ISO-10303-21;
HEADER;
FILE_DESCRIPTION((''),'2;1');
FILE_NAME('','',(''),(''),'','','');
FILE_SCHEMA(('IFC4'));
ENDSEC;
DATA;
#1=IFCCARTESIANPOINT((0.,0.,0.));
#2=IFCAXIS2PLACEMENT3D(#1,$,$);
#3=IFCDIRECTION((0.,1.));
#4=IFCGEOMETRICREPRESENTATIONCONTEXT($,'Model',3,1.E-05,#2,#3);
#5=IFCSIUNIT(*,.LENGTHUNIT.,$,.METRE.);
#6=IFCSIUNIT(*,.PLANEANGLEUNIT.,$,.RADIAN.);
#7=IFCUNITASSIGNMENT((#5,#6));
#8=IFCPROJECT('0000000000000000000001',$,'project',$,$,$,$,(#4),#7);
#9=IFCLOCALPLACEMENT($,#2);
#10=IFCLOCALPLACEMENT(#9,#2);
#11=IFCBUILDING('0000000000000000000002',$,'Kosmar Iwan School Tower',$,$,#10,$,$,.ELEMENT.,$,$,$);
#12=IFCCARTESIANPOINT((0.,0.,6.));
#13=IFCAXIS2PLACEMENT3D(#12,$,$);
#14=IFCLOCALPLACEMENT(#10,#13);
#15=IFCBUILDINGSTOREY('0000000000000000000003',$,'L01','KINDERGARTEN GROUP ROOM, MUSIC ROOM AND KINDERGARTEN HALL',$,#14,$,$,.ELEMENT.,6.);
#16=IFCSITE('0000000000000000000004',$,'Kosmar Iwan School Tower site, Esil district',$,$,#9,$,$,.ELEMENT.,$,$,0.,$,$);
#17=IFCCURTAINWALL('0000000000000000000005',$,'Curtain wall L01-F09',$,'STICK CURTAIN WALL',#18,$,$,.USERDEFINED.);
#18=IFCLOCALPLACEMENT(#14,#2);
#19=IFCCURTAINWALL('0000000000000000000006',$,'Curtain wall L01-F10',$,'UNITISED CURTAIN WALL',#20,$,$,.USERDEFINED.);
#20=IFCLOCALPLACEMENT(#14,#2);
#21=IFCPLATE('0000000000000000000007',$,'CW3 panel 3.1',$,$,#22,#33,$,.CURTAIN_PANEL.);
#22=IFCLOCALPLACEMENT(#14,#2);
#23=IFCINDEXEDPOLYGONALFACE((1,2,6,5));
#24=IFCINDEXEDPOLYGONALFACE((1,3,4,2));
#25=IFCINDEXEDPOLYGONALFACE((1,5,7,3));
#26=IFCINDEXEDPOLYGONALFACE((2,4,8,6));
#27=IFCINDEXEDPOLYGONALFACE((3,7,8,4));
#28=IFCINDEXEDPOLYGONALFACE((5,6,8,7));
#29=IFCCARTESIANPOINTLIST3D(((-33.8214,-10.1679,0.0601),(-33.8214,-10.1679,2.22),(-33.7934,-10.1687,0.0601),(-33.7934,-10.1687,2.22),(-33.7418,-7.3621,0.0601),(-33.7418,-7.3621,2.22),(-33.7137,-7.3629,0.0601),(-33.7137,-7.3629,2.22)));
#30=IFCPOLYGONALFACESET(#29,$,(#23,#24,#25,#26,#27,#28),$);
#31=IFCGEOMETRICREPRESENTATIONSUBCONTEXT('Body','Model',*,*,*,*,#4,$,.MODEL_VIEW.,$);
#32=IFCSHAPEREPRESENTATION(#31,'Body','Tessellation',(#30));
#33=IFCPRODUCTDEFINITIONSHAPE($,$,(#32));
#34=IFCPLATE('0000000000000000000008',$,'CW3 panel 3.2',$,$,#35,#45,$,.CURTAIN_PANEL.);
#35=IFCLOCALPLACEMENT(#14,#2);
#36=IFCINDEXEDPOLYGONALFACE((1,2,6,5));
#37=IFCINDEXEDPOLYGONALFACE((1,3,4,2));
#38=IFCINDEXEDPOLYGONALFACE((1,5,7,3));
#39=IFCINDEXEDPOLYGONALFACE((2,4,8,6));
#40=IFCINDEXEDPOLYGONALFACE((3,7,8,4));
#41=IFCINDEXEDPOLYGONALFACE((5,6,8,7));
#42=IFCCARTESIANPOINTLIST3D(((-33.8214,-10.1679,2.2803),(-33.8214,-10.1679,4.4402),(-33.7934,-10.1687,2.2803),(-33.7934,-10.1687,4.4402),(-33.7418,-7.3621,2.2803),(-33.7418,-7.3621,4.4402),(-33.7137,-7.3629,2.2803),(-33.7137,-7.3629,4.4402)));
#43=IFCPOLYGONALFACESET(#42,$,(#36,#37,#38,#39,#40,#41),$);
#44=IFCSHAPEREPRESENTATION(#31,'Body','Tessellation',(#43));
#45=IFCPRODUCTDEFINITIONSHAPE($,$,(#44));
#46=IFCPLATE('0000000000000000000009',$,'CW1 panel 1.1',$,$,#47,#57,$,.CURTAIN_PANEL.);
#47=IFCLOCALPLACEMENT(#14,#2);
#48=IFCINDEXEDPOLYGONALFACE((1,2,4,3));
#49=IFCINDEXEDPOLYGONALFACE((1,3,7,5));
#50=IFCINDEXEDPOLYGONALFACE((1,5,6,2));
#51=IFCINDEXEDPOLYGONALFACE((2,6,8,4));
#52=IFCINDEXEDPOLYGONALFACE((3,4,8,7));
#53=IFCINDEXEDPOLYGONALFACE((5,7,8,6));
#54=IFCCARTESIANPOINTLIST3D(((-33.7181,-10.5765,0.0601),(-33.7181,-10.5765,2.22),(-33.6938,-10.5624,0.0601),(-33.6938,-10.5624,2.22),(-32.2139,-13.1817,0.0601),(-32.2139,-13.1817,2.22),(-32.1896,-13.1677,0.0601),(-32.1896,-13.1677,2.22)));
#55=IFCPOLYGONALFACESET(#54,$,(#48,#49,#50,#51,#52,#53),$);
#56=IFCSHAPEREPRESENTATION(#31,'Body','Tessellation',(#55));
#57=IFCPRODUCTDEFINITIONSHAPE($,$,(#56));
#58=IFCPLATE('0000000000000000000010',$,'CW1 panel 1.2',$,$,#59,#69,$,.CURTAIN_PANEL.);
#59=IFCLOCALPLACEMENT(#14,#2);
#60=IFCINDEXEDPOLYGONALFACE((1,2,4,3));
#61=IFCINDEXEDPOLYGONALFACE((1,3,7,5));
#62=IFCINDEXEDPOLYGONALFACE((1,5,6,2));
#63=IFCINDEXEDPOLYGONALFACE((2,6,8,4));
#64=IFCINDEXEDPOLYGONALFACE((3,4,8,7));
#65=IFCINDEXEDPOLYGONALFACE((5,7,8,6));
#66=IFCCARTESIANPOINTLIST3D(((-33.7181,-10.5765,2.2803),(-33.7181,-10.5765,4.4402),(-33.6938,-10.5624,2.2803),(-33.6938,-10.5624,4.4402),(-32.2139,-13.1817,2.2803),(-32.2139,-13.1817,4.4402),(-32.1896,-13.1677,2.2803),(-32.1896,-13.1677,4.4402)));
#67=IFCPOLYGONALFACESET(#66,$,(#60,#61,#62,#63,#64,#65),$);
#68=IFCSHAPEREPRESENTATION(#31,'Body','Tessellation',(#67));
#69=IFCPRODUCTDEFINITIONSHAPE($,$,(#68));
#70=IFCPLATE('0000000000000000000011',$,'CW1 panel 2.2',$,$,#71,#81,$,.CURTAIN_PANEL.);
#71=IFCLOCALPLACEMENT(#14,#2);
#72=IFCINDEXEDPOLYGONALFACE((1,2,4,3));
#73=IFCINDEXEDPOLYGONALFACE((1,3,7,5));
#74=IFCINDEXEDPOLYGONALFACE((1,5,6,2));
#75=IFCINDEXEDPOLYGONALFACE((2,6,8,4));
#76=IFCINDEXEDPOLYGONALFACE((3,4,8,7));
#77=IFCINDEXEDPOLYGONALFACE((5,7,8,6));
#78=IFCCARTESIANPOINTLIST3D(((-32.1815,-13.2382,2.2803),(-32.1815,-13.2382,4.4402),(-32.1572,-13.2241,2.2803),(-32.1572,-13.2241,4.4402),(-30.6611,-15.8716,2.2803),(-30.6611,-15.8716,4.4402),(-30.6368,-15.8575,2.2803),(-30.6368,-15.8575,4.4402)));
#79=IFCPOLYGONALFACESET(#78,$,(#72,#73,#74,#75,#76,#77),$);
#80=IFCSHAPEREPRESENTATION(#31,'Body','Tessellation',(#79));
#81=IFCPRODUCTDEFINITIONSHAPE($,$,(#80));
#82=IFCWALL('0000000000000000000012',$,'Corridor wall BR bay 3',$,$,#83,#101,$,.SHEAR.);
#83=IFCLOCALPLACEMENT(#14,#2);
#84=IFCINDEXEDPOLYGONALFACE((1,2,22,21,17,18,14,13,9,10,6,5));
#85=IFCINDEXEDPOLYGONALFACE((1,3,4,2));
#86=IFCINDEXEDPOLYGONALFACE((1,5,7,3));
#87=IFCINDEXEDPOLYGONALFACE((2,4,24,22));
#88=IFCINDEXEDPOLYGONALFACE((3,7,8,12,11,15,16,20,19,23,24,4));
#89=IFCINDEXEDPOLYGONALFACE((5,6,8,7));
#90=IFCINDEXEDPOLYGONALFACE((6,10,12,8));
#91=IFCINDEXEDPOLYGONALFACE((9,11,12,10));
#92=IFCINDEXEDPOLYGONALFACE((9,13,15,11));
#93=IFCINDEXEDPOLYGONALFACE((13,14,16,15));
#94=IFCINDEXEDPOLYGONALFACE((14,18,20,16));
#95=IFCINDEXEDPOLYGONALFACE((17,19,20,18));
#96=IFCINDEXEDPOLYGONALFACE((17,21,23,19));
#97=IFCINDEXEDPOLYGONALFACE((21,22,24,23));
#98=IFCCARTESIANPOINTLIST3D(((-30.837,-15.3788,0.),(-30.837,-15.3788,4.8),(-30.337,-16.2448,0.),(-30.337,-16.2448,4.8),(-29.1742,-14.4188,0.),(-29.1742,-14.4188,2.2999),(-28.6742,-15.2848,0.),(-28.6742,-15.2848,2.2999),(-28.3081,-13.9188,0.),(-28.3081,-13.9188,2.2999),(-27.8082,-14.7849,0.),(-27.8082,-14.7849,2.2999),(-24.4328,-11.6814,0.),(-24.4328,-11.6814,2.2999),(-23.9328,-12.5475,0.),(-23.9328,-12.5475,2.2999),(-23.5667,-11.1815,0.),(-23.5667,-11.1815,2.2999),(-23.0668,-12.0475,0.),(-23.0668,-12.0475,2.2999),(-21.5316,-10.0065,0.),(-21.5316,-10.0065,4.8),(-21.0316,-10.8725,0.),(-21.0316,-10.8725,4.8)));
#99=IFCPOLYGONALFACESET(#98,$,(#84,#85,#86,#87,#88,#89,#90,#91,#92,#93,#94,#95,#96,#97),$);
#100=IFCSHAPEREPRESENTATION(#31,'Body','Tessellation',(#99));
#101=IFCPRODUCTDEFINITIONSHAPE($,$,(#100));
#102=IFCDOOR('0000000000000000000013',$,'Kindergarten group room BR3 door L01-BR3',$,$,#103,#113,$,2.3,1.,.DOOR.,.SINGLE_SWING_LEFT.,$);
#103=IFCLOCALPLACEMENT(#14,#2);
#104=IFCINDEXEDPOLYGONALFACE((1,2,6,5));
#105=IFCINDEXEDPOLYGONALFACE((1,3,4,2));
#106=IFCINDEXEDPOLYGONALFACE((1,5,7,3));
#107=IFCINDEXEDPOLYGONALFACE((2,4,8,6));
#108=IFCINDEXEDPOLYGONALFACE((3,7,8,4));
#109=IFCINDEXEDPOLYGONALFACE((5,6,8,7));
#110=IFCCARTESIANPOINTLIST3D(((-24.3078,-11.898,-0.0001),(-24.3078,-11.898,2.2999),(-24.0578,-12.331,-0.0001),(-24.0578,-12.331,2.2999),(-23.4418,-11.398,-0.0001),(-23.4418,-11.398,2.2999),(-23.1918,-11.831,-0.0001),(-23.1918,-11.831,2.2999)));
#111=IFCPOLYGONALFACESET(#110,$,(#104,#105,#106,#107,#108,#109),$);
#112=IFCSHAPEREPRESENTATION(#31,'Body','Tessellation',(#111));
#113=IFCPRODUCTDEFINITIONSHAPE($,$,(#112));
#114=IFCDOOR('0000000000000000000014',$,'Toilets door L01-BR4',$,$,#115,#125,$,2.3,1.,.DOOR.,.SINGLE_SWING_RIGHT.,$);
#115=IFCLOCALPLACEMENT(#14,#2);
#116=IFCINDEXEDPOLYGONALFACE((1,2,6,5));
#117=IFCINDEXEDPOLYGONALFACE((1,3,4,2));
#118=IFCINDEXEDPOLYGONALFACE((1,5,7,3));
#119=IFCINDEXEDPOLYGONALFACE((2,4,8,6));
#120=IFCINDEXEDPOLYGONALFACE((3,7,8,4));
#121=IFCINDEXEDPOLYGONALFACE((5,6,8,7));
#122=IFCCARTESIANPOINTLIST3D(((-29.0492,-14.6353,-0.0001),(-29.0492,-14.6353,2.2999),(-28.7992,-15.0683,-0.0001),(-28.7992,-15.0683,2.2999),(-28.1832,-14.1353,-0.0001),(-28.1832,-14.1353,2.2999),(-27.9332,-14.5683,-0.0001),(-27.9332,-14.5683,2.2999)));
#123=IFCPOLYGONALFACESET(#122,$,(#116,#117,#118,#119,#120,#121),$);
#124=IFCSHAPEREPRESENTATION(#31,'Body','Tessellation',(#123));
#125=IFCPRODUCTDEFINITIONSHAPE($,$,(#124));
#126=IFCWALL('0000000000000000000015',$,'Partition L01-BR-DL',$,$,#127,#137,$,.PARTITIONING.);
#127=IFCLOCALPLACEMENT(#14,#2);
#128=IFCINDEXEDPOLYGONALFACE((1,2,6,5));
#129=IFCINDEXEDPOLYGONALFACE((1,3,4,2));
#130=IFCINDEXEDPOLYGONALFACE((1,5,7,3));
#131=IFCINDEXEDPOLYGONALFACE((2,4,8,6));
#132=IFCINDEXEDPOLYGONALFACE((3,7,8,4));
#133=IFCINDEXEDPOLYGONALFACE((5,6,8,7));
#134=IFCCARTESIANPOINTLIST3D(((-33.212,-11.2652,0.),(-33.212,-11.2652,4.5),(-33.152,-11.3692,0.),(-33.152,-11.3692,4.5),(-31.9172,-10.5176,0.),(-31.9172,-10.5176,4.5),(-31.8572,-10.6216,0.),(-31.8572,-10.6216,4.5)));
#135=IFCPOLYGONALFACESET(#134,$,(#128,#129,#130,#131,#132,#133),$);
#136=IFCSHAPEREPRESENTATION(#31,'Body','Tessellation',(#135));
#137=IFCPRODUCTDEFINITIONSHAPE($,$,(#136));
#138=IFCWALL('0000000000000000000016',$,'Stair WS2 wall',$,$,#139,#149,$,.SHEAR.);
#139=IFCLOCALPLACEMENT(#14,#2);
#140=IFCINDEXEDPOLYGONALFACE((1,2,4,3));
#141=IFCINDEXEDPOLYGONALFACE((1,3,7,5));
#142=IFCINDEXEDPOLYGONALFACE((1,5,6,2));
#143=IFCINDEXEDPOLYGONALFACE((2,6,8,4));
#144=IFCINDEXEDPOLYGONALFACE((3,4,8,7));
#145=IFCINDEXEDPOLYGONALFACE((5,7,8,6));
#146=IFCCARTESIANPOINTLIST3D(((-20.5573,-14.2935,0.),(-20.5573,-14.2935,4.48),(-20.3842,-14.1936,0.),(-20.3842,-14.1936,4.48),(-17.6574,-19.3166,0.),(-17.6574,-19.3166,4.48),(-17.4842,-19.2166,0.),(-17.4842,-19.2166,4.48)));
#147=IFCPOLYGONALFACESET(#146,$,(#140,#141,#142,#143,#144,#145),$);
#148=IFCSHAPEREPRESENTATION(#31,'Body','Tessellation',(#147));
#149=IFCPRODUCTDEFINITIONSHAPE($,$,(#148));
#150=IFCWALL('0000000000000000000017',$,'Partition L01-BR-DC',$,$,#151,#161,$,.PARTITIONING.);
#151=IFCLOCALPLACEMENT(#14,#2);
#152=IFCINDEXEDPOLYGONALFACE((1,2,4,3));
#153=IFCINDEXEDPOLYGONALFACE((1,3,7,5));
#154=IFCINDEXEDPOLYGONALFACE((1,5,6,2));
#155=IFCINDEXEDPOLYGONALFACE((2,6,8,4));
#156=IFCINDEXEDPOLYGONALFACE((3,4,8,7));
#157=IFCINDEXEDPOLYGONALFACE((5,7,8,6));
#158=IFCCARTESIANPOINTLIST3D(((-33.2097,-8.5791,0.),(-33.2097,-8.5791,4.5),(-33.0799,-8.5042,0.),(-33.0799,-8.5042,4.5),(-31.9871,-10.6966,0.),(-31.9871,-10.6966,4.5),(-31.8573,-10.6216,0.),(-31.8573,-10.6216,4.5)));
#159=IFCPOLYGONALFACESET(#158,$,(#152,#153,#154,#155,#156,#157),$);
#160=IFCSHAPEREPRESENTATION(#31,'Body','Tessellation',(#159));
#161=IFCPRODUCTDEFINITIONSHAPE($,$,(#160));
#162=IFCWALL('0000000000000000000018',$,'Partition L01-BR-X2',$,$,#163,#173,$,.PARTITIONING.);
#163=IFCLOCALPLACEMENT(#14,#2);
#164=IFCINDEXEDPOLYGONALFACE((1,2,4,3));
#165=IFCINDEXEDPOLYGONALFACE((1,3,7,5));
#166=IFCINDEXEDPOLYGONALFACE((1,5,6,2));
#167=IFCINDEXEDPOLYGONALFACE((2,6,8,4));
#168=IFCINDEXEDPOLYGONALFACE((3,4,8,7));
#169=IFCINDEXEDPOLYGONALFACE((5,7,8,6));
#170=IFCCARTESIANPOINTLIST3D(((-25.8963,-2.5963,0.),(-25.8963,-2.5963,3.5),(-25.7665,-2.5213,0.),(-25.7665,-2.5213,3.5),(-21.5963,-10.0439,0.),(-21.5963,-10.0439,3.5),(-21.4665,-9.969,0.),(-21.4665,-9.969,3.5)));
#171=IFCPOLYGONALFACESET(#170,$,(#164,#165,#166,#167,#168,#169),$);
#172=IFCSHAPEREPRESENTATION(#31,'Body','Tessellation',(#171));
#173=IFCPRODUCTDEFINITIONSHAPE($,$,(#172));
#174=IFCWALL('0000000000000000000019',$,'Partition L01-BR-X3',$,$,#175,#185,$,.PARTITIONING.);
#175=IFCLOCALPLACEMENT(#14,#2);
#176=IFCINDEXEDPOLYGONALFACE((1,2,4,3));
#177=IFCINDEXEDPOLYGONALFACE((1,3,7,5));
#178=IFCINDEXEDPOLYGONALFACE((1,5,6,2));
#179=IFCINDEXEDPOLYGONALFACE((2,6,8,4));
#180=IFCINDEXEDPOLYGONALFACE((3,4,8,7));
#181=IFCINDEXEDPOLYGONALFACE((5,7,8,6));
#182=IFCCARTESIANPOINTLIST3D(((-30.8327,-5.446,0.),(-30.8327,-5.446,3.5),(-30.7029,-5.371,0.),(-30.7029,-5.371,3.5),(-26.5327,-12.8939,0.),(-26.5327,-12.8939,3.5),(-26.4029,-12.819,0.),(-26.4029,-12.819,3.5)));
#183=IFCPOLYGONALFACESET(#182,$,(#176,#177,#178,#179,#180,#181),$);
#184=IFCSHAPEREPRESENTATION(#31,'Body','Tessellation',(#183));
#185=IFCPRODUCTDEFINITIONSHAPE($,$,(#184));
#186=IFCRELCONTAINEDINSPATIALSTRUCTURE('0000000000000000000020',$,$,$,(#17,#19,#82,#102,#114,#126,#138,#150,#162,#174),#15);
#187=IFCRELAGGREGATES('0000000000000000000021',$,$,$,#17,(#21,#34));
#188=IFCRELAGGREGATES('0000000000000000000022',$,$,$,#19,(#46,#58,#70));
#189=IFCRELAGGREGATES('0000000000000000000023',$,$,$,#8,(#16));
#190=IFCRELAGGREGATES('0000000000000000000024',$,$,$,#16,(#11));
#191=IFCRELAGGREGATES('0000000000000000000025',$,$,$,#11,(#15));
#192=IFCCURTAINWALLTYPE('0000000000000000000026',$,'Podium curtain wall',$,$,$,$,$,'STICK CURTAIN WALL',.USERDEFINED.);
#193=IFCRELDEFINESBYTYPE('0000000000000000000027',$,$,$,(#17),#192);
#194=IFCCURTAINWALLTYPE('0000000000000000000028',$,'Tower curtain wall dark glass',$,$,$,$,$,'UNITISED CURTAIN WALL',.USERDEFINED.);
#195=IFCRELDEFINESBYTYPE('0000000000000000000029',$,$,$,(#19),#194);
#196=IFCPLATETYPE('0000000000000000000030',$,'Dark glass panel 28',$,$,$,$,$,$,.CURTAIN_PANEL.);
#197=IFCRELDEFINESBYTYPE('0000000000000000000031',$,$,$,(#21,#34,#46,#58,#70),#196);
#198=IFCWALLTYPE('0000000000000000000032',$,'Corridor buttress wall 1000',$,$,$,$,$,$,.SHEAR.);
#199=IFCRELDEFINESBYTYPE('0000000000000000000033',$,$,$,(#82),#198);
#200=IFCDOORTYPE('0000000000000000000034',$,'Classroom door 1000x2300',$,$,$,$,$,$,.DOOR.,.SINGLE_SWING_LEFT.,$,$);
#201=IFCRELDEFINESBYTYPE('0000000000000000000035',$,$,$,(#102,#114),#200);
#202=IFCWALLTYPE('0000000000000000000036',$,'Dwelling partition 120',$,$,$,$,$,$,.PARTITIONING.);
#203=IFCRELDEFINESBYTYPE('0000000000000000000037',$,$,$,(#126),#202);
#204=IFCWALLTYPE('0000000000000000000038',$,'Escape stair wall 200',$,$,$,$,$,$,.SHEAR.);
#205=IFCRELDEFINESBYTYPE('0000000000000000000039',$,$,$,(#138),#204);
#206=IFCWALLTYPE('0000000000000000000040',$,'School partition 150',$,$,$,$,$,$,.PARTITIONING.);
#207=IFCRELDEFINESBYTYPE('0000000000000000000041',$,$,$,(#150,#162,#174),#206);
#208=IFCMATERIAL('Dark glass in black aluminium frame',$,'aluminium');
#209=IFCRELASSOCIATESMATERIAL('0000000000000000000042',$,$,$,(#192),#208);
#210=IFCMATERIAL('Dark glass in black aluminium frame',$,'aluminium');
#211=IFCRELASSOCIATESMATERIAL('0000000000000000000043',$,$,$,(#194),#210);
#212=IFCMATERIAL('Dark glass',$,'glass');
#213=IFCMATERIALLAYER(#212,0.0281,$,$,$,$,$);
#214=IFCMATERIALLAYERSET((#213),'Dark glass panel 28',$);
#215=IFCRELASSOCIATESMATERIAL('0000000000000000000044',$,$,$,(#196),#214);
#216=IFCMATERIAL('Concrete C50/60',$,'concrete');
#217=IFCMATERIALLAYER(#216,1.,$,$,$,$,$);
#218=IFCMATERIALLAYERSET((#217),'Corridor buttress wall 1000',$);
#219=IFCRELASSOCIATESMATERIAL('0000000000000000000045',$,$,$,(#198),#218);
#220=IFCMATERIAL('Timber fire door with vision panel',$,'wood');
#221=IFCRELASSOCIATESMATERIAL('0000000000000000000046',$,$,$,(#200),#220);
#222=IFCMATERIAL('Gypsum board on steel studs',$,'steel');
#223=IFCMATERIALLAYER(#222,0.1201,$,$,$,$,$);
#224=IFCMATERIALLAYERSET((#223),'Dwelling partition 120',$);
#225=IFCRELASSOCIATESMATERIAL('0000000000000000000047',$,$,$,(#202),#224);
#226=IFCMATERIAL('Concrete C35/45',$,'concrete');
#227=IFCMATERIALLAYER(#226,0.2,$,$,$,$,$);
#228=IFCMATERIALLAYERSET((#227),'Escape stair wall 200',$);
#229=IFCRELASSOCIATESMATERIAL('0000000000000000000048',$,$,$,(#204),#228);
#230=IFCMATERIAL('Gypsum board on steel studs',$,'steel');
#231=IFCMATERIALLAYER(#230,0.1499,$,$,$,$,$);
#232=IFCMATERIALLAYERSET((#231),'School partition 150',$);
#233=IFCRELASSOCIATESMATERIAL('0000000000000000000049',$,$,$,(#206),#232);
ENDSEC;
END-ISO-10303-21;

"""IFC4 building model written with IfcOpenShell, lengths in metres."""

from ifc_helpers import new_model, si_unit, direction, frame, frame_2d, origin, origin_2d, place, context, subcontext, project, spatial, rectangle, extrude, material, layer, layer_set, type_object, element, fill, aggregate, save


model = new_model("IFC4")

# Units and contexts
model_context = context("Model", 3, precision=1e-05, world=origin(), true_north=direction((0.0, 1.0)))
body_context = subcontext(model_context, "Body", "Model", "MODEL_VIEW")
ifc_project = project(units=[si_unit("LENGTHUNIT", "METRE"), si_unit("PLANEANGLEUNIT", "RADIAN")], contexts=[model_context])

# Site, building, storey
site_placement = place(None, origin())
site = spatial("IfcSite", under=ifc_project, at=site_placement, Name="Kosmar Iwan School Tower site, Esil district", CompositionType="ELEMENT", RefElevation=0.0)
building_placement = place(site_placement, origin())
building = spatial("IfcBuilding", under=site, at=building_placement, Name="Kosmar Iwan School Tower", CompositionType="ELEMENT")
storey_placement = place(building_placement, frame((0.0, 0.0, 6.0)))
storey = spatial("IfcBuildingStorey", under=building, at=storey_placement, Name="L01", Description="KINDERGARTEN GROUP ROOM, MUSIC ROOM AND KINDERGARTEN HALL", CompositionType="ELEMENT", Elevation=6.0)

# Curtain wall
ifc_material_1 = material(Name="Dark glass in black aluminium frame", Category="aluminium")
curtain_wall_type_1 = type_object("IfcCurtainWallType", Name="Podium curtain wall", ElementType="STICK CURTAIN WALL", PredefinedType="USERDEFINED", material=ifc_material_1)
curtain_wall_1_placement = place(storey_placement, origin())
curtain_wall_1 = element("IfcCurtainWall", 1, at=curtain_wall_1_placement, inside=storey, type_object=curtain_wall_type_1, Name="Curtain wall L01-F09", ObjectType="STICK CURTAIN WALL", PredefinedType="USERDEFINED")

# Curtain wall
ifc_material_2 = material(Name="Dark glass in black aluminium frame", Category="aluminium")
curtain_wall_type_2 = type_object("IfcCurtainWallType", Name="Tower curtain wall dark glass", ElementType="UNITISED CURTAIN WALL", PredefinedType="USERDEFINED", material=ifc_material_2)
curtain_wall_2_placement = place(storey_placement, origin())
curtain_wall_2 = element("IfcCurtainWall", 2, at=curtain_wall_2_placement, inside=storey, type_object=curtain_wall_type_2, Name="Curtain wall L01-F10", ObjectType="UNITISED CURTAIN WALL", PredefinedType="USERDEFINED")

# Plates
ifc_material_3 = material(Name="Dark glass", Category="glass")
ifc_layer_1 = layer(ifc_material_3, 0.0281)
ifc_layer_set_1 = layer_set([ifc_layer_1], Name="Dark glass panel 28")
plate_type = type_object("IfcPlateType", Name="Dark glass panel 28", PredefinedType="CURTAIN_PANEL", material=ifc_layer_set_1)
plate_1_placement = place(storey_placement, frame((-33.7676, -8.7654, 0.0601), z_axis=(0.0, 0.0, 1.0), x_axis=(-0.028386, -0.999597, 0.0)))
plate_1 = element("IfcPlate", 3, at=plate_1_placement, type_object=plate_type, Name="CW3 panel 3.1", PredefinedType="CURTAIN_PANEL", context=body_context, shape_type="SweptSolid", body=[
    extrude(rectangle(XDim=2.8069, YDim=0.0281, at=origin_2d()), origin(), (0.0, 0.0, 1.0), 2.1599),
])
plate_2_placement = place(storey_placement, frame((-33.7676, -8.7654, 2.2803), z_axis=(0.0, 0.0, 1.0), x_axis=(-0.028386, -0.999597, 0.0)))
plate_2 = element("IfcPlate", 4, at=plate_2_placement, type_object=plate_type, Name="CW3 panel 3.2", PredefinedType="CURTAIN_PANEL", context=body_context, shape_type="SweptSolid", body=[
    extrude(rectangle(XDim=2.8069, YDim=0.0281, at=origin_2d()), origin(), (0.0, 0.0, 1.0), 2.1599),
])
aggregate(curtain_wall_1, [plate_1, plate_2])
plate_3_placement = place(storey_placement, frame((-32.9539, -11.8721, 0.0601), z_axis=(0.0, 0.0, 1.0), x_axis=(0.5, -0.866025, 0.0)))
plate_3 = element("IfcPlate", 5, at=plate_3_placement, type_object=plate_type, Name="CW1 panel 1.1", PredefinedType="CURTAIN_PANEL", context=body_context, shape_type="SweptSolid", body=[
    extrude(rectangle(XDim=3.0083, YDim=0.0281, at=origin_2d()), origin(), (0.0, 0.0, 1.0), 2.1599),
])
plate_4_placement = place(storey_placement, frame((-32.9539, -11.8721, 2.2803), z_axis=(0.0, 0.0, 1.0), x_axis=(0.5, -0.866025, 0.0)))
plate_4 = element("IfcPlate", 6, at=plate_4_placement, type_object=plate_type, Name="CW1 panel 1.2", PredefinedType="CURTAIN_PANEL", context=body_context, shape_type="SweptSolid", body=[
    extrude(rectangle(XDim=3.0083, YDim=0.0281, at=origin_2d()), origin(), (0.0, 0.0, 1.0), 2.1599),
])
plate_5_placement = place(storey_placement, frame((-31.4092, -14.5479, 2.2803), z_axis=(0.0, 0.0, 1.0), x_axis=(0.5, -0.866025, 0.0)))
plate_5 = element("IfcPlate", 7, at=plate_5_placement, type_object=plate_type, Name="CW1 panel 2.2", PredefinedType="CURTAIN_PANEL", context=body_context, shape_type="SweptSolid", body=[
    extrude(rectangle(XDim=3.0408, YDim=0.0281, at=origin_2d()), origin(), (0.0, 0.0, 1.0), 2.1599),
])
aggregate(curtain_wall_2, [plate_3, plate_4, plate_5])

# Wall, openings, doors
ifc_material_4 = material(Name="Concrete C50/60", Category="concrete")
ifc_layer_2 = layer(ifc_material_4, 1.0)
ifc_layer_set_2 = layer_set([ifc_layer_2], Name="Corridor buttress wall 1000")
wall_type_1 = type_object("IfcWallType", Name="Corridor buttress wall 1000", PredefinedType="SHEAR", material=ifc_layer_set_2)
wall_1_placement = place(storey_placement, frame((-21.2815, -10.4395, 0.0), z_axis=(0.0, 0.0, 1.0), x_axis=(-0.866032, -0.499988, 0.0)))
wall_1 = element("IfcWall", 8, at=wall_1_placement, inside=storey, type_object=wall_type_1, Name="Corridor wall BR bay 3", PredefinedType="SHEAR", context=body_context, shape_type="SweptSolid", body=[
    extrude(rectangle(XDim=10.7449, YDim=1.0, at=frame_2d((5.3726, 0.0))), origin(), (0.0, 0.0, 1.0), 4.8),
])
opening_1_placement = place(wall_1_placement, frame((2.3501, 0.0, 0.0)))
opening_1 = element("IfcOpeningElement", 9, at=opening_1_placement, cuts=wall_1, PredefinedType="OPENING", context=body_context, shape_type="SweptSolid", body=[
    extrude(rectangle(XDim=1.0, YDim=2.3, at=frame_2d((0.5, 1.1499))), frame((0.0, 0.512, 0.0), z_axis=(0.0, -1.0, 0.0), x_axis=(1.0, 0.0, 0.0)), (0.0, 0.0, 1.0), 1.0239),
])
opening_2_placement = place(wall_1_placement, frame((7.825, 0.0, 0.0)))
opening_2 = element("IfcOpeningElement", 10, at=opening_2_placement, cuts=wall_1, PredefinedType="OPENING", context=body_context, shape_type="SweptSolid", body=[
    extrude(rectangle(XDim=1.0, YDim=2.3, at=frame_2d((0.5, 1.1499))), frame((0.0, 0.512, 0.0), z_axis=(0.0, -1.0, 0.0), x_axis=(1.0, 0.0, 0.0)), (0.0, 0.0, 1.0), 1.0239),
])
ifc_material_5 = material(Name="Timber fire door with vision panel", Category="wood")
door_type = type_object("IfcDoorType", Name="Classroom door 1000x2300", OperationType="SINGLE_SWING_LEFT", PredefinedType="DOOR", material=ifc_material_5)
door_1_placement = place(opening_1_placement, origin())
door_1 = element("IfcDoor", 11, at=door_1_placement, inside=storey, type_object=door_type, Name="Kindergarten group room BR3 door L01-BR3", OperationType="SINGLE_SWING_LEFT", OverallHeight=2.3, OverallWidth=1.0, PredefinedType="DOOR", context=body_context, shape_type="SweptSolid", body=[
    extrude(rectangle(XDim=1.0, YDim=2.3, at=frame_2d((0.5, 1.1499))), frame((0.0, 0.25, 0.0), z_axis=(0.0, -1.0, 0.0), x_axis=(1.0, 0.0, 0.0)), (0.0, 0.0, 1.0), 0.5),
])
fill(opening_1, door_1)
door_2_placement = place(opening_2_placement, origin())
door_2 = element("IfcDoor", 12, at=door_2_placement, inside=storey, type_object=door_type, Name="Toilets door L01-BR4", OperationType="SINGLE_SWING_RIGHT", OverallHeight=2.3, OverallWidth=1.0, PredefinedType="DOOR", context=body_context, shape_type="SweptSolid", body=[
    extrude(rectangle(XDim=1.0, YDim=2.3, at=frame_2d((0.5, 1.1499))), frame((0.0, 0.25, 0.0), z_axis=(0.0, -1.0, 0.0), x_axis=(1.0, 0.0, 0.0)), (0.0, 0.0, 1.0), 0.5),
])
fill(opening_2, door_2)

# Walls
ifc_material_6 = material(Name="Gypsum board on steel studs", Category="steel")
ifc_layer_3 = layer(ifc_material_6, 0.1201)
ifc_layer_set_3 = layer_set([ifc_layer_3], Name="Dwelling partition 120")
wall_type_2 = type_object("IfcWallType", Name="Dwelling partition 120", PredefinedType="PARTITIONING", material=ifc_layer_set_3)
wall_2_placement = place(storey_placement, frame((-31.8872, -10.5696, 0.0), z_axis=(0.0, 0.0, 1.0), x_axis=(-0.866003, -0.500038, 0.0)))
element("IfcWall", 13, at=wall_2_placement, inside=storey, type_object=wall_type_2, Name="Partition L01-BR-DL", PredefinedType="PARTITIONING", context=body_context, shape_type="SweptSolid", body=[
    extrude(rectangle(XDim=1.4951, YDim=0.1201, at=frame_2d((0.7476, 0.0))), origin(), (0.0, 0.0, 1.0), 4.5),
])
ifc_material_7 = material(Name="Concrete C35/45", Category="concrete")
ifc_layer_4 = layer(ifc_material_7, 0.2)
ifc_layer_set_4 = layer_set([ifc_layer_4], Name="Escape stair wall 200")
wall_type_3 = type_object("IfcWallType", Name="Escape stair wall 200", PredefinedType="SHEAR", material=ifc_layer_set_4)
wall_3_placement = place(storey_placement, frame((-20.4707, -14.2437, 0.0), z_axis=(0.0, 0.0, 1.0), x_axis=(0.499987, -0.866033, 0.0)))
element("IfcWall", 14, at=wall_3_placement, inside=storey, type_object=wall_type_3, Name="Stair WS2 wall", PredefinedType="SHEAR", context=body_context, shape_type="SweptSolid", body=[
    extrude(rectangle(XDim=5.8, YDim=0.2, at=frame_2d((2.8999, 0.0))), origin(), (0.0, 0.0, 1.0), 4.48),
])
ifc_material_8 = material(Name="Gypsum board on steel studs", Category="steel")
ifc_layer_5 = layer(ifc_material_8, 0.1499)
ifc_layer_set_5 = layer_set([ifc_layer_5], Name="School partition 150")
wall_type_4 = type_object("IfcWallType", Name="School partition 150", PredefinedType="PARTITIONING", material=ifc_layer_set_5)
wall_4_placement = place(storey_placement, frame((-31.9221, -10.6592, 0.0), z_axis=(0.0, 0.0, 1.0), x_axis=(-0.500048, 0.865998, 0.0)))
element("IfcWall", 15, at=wall_4_placement, inside=storey, type_object=wall_type_4, Name="Partition L01-BR-DC", PredefinedType="PARTITIONING", context=body_context, shape_type="SweptSolid", body=[
    extrude(rectangle(XDim=2.4451, YDim=0.1499, at=frame_2d((1.2227, 0.0))), origin(), (0.0, 0.0, 1.0), 4.5),
])
wall_5_placement = place(storey_placement, frame((-21.5315, -10.0063, 0.0), z_axis=(0.0, 0.0, 1.0), x_axis=(-0.500008, 0.866021, 0.0)))
element("IfcWall", 16, at=wall_5_placement, inside=storey, type_object=wall_type_4, Name="Partition L01-BR-X2", PredefinedType="PARTITIONING", context=body_context, shape_type="SweptSolid", body=[
    extrude(rectangle(XDim=8.5999, YDim=0.1499, at=frame_2d((4.2998, 0.0))), origin(), (0.0, 0.0, 1.0), 3.5),
])
wall_6_placement = place(storey_placement, frame((-26.4678, -12.8564, 0.0), z_axis=(0.0, 0.0, 1.0), x_axis=(-0.499995, 0.866028, 0.0)))
element("IfcWall", 17, at=wall_6_placement, inside=storey, type_object=wall_type_4, Name="Partition L01-BR-X3", PredefinedType="PARTITIONING", context=body_context, shape_type="SweptSolid", body=[
    extrude(rectangle(XDim=8.6001, YDim=0.1499, at=frame_2d((4.3, 0.0))), origin(), (0.0, 0.0, 1.0), 3.5),
])

save(model, "model.ifc")
